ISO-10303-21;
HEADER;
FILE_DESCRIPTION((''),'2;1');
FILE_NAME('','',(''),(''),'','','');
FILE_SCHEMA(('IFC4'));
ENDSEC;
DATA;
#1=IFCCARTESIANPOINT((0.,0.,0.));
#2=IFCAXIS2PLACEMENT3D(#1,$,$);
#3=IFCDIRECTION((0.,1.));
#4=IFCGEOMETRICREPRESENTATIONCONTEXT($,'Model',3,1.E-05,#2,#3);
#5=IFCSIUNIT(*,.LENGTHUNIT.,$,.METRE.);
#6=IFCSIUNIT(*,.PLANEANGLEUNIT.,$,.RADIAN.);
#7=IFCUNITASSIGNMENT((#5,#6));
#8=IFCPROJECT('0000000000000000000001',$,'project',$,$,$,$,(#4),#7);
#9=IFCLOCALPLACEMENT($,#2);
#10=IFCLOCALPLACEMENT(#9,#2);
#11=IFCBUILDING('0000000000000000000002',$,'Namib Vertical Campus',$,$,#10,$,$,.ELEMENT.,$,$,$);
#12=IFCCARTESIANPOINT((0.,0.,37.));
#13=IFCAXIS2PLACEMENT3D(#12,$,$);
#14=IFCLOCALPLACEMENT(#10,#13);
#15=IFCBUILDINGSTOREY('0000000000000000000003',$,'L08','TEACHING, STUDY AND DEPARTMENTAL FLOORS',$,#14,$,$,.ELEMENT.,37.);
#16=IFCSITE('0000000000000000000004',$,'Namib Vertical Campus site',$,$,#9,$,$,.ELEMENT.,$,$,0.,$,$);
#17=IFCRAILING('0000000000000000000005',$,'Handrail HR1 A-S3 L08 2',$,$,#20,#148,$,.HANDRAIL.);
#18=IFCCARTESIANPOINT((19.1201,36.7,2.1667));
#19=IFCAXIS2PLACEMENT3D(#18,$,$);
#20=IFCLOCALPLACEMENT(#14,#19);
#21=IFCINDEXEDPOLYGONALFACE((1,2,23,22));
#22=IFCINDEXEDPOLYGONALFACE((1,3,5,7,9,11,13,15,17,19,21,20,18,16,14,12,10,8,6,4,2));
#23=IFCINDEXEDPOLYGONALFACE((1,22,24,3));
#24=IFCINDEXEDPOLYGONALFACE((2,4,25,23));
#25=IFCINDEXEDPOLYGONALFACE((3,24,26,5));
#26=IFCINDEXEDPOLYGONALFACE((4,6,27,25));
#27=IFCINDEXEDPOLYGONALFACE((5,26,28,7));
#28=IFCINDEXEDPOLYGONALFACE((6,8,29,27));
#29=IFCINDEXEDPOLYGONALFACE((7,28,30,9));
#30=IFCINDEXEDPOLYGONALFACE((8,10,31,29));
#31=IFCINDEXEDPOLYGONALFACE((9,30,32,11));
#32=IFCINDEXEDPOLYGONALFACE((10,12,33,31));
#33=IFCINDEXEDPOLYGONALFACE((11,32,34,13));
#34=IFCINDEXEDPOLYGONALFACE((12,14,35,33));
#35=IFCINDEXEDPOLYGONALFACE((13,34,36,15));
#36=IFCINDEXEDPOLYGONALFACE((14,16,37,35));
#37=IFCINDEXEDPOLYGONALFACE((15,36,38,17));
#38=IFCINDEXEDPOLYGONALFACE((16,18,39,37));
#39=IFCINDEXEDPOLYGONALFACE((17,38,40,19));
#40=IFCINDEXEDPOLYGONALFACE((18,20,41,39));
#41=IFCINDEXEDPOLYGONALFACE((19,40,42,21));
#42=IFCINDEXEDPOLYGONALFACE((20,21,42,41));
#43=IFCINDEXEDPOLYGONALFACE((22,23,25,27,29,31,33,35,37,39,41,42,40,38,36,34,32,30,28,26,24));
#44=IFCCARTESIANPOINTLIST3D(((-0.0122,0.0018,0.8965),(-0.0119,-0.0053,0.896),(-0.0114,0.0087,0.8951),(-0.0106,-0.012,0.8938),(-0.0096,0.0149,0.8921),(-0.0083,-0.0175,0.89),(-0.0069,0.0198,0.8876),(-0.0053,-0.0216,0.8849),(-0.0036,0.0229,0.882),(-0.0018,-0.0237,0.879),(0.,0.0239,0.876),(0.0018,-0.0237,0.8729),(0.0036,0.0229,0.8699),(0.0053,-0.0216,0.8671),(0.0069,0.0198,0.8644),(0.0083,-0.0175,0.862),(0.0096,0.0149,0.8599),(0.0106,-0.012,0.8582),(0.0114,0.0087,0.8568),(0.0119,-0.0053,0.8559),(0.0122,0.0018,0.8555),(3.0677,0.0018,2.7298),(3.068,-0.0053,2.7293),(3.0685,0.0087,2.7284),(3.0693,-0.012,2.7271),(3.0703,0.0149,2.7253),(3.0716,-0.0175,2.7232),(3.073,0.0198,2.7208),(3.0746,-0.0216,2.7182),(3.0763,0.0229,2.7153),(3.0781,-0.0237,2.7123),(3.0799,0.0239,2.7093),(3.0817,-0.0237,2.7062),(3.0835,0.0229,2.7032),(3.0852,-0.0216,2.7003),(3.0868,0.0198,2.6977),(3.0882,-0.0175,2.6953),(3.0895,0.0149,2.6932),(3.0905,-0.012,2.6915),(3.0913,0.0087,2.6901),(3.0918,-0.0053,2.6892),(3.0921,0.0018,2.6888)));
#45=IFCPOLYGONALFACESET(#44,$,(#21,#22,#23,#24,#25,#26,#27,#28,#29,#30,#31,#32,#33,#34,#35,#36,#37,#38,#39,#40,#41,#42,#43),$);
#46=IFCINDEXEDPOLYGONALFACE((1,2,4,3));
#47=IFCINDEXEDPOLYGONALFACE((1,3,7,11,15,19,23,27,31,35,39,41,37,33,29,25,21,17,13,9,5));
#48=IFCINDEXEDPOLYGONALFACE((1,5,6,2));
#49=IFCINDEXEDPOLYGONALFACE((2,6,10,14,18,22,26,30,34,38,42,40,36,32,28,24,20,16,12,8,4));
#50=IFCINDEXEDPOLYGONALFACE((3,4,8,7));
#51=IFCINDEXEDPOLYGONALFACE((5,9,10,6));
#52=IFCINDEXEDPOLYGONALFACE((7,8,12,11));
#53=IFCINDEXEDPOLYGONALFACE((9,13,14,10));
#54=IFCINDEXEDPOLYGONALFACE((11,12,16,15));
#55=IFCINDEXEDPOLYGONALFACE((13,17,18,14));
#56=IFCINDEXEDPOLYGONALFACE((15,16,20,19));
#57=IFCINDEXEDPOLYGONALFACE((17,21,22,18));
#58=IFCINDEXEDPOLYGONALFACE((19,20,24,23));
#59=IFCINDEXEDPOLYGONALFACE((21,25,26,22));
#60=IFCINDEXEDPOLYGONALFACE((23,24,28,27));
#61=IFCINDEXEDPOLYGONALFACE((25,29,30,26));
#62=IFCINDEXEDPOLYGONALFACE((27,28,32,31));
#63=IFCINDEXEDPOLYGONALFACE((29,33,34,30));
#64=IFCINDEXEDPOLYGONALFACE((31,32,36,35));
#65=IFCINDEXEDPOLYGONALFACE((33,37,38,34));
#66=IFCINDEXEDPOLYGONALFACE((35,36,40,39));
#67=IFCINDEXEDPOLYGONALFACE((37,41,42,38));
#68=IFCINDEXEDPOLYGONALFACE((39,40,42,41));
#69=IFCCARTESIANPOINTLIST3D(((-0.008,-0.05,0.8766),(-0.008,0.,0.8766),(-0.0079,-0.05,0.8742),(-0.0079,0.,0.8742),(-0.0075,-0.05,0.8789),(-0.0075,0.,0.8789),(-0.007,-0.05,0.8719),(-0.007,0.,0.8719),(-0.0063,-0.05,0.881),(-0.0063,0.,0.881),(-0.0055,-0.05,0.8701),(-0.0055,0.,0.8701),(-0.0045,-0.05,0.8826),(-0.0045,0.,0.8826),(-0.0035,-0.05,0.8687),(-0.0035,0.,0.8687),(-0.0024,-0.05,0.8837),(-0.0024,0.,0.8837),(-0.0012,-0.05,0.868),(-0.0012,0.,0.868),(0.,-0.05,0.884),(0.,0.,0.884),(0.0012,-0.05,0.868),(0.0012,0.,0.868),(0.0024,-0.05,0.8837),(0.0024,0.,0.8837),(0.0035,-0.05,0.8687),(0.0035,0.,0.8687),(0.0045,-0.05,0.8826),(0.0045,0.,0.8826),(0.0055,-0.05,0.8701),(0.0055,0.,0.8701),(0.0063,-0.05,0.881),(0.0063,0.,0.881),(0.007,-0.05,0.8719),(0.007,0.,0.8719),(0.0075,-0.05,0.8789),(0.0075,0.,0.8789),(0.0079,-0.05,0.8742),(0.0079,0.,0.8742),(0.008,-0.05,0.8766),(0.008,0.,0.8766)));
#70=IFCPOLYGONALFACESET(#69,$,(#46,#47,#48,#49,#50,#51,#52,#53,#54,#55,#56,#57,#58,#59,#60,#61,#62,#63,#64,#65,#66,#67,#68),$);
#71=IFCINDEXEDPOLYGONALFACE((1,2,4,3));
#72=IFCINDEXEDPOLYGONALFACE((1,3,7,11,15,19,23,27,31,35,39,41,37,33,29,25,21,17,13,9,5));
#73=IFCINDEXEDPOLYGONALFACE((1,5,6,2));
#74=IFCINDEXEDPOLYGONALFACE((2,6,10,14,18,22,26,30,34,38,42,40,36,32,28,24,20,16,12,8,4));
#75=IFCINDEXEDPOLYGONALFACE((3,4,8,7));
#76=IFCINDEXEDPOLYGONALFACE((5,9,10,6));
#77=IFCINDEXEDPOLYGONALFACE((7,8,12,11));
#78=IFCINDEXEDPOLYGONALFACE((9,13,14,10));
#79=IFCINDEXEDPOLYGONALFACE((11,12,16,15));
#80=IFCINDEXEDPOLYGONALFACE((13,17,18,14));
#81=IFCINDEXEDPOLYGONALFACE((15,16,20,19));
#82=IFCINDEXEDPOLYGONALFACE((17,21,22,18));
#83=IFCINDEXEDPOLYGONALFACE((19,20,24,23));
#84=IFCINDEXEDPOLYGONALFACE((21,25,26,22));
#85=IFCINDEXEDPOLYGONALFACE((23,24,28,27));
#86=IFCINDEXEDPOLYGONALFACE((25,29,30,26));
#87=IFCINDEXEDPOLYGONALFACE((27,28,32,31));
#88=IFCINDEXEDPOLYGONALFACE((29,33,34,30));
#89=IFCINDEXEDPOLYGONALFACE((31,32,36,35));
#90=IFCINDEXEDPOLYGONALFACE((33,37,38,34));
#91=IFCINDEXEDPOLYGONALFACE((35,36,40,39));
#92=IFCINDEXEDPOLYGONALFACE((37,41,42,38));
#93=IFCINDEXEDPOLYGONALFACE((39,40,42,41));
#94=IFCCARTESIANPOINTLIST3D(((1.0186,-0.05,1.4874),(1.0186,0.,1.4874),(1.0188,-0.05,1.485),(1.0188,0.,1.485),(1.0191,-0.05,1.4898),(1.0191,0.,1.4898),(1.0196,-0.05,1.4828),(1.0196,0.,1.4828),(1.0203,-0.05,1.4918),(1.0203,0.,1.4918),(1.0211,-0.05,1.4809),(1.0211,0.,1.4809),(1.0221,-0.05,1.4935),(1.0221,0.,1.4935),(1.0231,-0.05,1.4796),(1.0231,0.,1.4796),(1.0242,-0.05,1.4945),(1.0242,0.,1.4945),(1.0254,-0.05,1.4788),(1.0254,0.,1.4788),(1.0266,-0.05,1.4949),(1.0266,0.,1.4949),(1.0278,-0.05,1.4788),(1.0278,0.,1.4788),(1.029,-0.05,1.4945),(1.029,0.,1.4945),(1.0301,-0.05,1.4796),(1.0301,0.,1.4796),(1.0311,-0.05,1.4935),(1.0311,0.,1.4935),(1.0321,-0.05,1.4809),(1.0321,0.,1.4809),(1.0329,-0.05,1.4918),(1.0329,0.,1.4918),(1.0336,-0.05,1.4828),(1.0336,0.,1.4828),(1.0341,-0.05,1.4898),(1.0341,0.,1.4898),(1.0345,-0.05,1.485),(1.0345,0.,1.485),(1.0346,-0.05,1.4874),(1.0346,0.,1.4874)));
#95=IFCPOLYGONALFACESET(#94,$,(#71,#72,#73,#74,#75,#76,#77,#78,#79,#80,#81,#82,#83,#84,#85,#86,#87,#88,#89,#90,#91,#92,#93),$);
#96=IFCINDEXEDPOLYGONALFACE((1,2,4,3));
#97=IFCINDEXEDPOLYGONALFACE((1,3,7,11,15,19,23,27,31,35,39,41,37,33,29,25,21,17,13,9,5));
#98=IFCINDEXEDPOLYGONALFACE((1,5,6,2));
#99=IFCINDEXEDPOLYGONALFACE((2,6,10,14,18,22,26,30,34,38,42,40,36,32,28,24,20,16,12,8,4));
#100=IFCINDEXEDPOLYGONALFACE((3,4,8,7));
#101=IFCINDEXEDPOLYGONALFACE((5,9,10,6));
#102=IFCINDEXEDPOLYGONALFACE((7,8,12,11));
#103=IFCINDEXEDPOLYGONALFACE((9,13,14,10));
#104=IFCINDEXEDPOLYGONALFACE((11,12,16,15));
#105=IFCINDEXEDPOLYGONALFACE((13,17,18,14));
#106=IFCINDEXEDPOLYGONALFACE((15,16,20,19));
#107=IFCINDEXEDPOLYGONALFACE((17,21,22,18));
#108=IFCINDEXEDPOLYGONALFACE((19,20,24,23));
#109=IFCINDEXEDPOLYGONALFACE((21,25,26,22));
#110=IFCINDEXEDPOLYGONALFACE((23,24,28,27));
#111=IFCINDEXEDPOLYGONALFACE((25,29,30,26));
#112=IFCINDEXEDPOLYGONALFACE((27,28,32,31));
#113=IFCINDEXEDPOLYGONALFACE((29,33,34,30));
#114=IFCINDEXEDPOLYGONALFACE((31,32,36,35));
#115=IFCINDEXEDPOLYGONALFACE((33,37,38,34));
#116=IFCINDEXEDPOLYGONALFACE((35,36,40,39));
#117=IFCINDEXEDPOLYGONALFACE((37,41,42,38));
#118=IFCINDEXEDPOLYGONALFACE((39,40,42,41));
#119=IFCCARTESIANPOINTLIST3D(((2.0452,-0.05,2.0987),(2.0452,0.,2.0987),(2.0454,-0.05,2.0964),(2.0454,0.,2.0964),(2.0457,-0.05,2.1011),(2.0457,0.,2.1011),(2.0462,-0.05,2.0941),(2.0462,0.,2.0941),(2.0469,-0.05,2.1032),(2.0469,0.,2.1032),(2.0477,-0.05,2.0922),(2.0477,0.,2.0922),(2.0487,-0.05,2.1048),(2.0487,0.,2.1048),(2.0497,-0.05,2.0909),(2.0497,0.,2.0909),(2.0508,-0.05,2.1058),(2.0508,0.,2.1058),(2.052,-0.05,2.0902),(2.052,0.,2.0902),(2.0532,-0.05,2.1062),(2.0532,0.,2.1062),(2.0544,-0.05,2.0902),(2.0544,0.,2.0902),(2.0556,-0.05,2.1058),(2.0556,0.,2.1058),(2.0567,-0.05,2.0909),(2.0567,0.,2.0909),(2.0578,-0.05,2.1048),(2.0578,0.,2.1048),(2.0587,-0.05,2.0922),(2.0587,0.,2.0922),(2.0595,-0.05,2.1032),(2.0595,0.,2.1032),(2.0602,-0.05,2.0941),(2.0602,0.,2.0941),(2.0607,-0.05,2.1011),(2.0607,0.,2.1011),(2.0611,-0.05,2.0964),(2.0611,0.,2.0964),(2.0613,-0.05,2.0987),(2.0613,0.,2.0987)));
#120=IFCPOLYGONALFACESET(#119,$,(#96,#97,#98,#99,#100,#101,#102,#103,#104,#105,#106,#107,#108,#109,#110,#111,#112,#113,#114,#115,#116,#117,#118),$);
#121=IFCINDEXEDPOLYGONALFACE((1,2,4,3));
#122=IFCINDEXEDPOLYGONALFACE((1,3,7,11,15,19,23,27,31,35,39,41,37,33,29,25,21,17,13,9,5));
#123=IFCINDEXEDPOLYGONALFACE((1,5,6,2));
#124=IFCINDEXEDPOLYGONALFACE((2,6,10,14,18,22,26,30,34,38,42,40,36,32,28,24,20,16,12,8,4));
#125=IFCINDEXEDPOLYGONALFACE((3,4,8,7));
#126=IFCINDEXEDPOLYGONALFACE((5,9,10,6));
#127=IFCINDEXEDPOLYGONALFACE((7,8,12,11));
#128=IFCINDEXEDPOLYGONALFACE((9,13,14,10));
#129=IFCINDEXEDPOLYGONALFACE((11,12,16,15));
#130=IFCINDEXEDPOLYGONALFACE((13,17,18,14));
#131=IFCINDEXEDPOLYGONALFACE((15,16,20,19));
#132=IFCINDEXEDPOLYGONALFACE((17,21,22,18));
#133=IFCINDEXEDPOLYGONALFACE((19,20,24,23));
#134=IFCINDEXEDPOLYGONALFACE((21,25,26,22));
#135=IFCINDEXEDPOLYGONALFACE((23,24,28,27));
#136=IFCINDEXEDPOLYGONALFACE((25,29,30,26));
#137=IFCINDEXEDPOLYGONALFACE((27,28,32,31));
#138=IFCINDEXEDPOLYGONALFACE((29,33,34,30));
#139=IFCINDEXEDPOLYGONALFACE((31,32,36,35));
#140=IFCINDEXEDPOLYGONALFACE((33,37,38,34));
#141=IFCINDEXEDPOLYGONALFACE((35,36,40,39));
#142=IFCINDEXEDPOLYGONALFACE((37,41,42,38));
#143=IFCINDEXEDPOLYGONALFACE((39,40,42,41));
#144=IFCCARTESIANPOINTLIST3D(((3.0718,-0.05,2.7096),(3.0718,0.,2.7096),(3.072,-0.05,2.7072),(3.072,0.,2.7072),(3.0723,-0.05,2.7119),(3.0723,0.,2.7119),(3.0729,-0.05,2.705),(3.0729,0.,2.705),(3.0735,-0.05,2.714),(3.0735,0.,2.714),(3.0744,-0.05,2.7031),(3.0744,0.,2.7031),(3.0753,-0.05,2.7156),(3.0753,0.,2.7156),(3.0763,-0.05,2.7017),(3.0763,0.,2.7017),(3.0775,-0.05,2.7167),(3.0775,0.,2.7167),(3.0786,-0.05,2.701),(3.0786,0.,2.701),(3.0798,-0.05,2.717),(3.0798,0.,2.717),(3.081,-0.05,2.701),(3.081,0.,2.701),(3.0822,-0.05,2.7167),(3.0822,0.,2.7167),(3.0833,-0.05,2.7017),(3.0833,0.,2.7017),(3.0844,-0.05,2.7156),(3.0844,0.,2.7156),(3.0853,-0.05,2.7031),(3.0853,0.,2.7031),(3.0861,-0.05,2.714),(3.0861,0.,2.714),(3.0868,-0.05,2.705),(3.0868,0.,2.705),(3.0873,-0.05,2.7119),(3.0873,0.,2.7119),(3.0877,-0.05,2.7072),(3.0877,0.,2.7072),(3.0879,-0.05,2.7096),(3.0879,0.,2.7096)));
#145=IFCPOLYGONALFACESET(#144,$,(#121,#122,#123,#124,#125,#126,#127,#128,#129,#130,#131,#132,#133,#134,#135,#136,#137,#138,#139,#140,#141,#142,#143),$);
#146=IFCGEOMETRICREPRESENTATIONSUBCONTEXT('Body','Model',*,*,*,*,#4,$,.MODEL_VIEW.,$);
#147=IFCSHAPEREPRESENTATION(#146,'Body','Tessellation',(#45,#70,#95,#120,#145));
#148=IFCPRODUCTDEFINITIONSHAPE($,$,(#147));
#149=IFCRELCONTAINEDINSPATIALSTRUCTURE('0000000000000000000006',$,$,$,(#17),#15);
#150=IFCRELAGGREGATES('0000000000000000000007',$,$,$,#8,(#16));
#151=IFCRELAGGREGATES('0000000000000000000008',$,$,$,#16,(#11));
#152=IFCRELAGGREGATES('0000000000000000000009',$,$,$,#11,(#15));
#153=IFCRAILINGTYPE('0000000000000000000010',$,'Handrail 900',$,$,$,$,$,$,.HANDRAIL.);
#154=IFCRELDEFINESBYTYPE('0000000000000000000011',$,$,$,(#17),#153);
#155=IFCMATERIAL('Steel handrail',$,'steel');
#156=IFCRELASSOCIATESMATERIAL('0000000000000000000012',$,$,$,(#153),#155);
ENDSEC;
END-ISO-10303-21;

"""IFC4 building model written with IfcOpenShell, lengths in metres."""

from ifc_helpers import new_model, si_unit, direction, frame, origin, origin_2d, place, context, subcontext, project, spatial, circle, extrude, material, type_object, element, save


model = new_model("IFC4")

# Units and contexts
model_context = context("Model", 3, precision=1e-05, world=origin(), true_north=direction((0.0, 1.0)))
body_context = subcontext(model_context, "Body", "Model", "MODEL_VIEW")
ifc_project = project(units=[si_unit("LENGTHUNIT", "METRE"), si_unit("PLANEANGLEUNIT", "RADIAN")], contexts=[model_context])

# Site, building, storey
site_placement = place(None, origin())
site = spatial("IfcSite", under=ifc_project, at=site_placement, Name="Namib Vertical Campus site", CompositionType="ELEMENT", RefElevation=0.0)
building_placement = place(site_placement, origin())
building = spatial("IfcBuilding", under=site, at=building_placement, Name="Namib Vertical Campus", CompositionType="ELEMENT")
storey_placement = place(building_placement, frame((0.0, 0.0, 37.0)))
storey = spatial("IfcBuildingStorey", under=building, at=storey_placement, Name="L08", Description="TEACHING, STUDY AND DEPARTMENTAL FLOORS", CompositionType="ELEMENT", Elevation=37.0)

# Railing
ifc_material_1 = material(Name="Steel handrail", Category="steel")
railing_type = type_object("IfcRailingType", Name="Handrail 900", PredefinedType="HANDRAIL", material=ifc_material_1)
railing_1_placement = place(storey_placement, frame((19.1201, 36.7, 2.1667)))
element("IfcRailing", 1, at=railing_1_placement, inside=storey, type_object=railing_type, Name="Handrail HR1 A-S3 L08 2", PredefinedType="HANDRAIL", context=body_context, shape_type="SweptSolid", body=[
    extrude(circle(Radius=0.0239, at=origin_2d()), frame((0.0, 0.0, 0.876), z_axis=(0.859291, 0.0, 0.511487), x_axis=(0.0, 1.0, 0.0)), (0.0, 0.0, 1.0), 3.5842),
    extrude(circle(Radius=0.0081, at=origin_2d()), frame((0.0, 0.0, 0.876), z_axis=(0.0, -1.0, 0.0), x_axis=(0.0, 0.0, 1.0)), (0.0, 0.0, 1.0), 0.05),
    extrude(circle(Radius=0.0081, at=origin_2d()), frame((1.0266, 0.0, 1.4868), z_axis=(0.0, -1.0, 0.0), x_axis=(0.0, 0.0, 1.0)), (0.0, 0.0, 1.0), 0.05),
    extrude(circle(Radius=0.0081, at=origin_2d()), frame((2.0532, 0.0, 2.0981), z_axis=(0.0, -1.0, 0.0), x_axis=(0.0, 0.0, 1.0)), (0.0, 0.0, 1.0), 0.05),
    extrude(circle(Radius=0.0081, at=origin_2d()), frame((3.0798, 0.0, 2.709), z_axis=(0.0, -1.0, 0.0), x_axis=(0.0, 0.0, 1.0)), (0.0, 0.0, 1.0), 0.05),
])

save(model, "model.ifc")
